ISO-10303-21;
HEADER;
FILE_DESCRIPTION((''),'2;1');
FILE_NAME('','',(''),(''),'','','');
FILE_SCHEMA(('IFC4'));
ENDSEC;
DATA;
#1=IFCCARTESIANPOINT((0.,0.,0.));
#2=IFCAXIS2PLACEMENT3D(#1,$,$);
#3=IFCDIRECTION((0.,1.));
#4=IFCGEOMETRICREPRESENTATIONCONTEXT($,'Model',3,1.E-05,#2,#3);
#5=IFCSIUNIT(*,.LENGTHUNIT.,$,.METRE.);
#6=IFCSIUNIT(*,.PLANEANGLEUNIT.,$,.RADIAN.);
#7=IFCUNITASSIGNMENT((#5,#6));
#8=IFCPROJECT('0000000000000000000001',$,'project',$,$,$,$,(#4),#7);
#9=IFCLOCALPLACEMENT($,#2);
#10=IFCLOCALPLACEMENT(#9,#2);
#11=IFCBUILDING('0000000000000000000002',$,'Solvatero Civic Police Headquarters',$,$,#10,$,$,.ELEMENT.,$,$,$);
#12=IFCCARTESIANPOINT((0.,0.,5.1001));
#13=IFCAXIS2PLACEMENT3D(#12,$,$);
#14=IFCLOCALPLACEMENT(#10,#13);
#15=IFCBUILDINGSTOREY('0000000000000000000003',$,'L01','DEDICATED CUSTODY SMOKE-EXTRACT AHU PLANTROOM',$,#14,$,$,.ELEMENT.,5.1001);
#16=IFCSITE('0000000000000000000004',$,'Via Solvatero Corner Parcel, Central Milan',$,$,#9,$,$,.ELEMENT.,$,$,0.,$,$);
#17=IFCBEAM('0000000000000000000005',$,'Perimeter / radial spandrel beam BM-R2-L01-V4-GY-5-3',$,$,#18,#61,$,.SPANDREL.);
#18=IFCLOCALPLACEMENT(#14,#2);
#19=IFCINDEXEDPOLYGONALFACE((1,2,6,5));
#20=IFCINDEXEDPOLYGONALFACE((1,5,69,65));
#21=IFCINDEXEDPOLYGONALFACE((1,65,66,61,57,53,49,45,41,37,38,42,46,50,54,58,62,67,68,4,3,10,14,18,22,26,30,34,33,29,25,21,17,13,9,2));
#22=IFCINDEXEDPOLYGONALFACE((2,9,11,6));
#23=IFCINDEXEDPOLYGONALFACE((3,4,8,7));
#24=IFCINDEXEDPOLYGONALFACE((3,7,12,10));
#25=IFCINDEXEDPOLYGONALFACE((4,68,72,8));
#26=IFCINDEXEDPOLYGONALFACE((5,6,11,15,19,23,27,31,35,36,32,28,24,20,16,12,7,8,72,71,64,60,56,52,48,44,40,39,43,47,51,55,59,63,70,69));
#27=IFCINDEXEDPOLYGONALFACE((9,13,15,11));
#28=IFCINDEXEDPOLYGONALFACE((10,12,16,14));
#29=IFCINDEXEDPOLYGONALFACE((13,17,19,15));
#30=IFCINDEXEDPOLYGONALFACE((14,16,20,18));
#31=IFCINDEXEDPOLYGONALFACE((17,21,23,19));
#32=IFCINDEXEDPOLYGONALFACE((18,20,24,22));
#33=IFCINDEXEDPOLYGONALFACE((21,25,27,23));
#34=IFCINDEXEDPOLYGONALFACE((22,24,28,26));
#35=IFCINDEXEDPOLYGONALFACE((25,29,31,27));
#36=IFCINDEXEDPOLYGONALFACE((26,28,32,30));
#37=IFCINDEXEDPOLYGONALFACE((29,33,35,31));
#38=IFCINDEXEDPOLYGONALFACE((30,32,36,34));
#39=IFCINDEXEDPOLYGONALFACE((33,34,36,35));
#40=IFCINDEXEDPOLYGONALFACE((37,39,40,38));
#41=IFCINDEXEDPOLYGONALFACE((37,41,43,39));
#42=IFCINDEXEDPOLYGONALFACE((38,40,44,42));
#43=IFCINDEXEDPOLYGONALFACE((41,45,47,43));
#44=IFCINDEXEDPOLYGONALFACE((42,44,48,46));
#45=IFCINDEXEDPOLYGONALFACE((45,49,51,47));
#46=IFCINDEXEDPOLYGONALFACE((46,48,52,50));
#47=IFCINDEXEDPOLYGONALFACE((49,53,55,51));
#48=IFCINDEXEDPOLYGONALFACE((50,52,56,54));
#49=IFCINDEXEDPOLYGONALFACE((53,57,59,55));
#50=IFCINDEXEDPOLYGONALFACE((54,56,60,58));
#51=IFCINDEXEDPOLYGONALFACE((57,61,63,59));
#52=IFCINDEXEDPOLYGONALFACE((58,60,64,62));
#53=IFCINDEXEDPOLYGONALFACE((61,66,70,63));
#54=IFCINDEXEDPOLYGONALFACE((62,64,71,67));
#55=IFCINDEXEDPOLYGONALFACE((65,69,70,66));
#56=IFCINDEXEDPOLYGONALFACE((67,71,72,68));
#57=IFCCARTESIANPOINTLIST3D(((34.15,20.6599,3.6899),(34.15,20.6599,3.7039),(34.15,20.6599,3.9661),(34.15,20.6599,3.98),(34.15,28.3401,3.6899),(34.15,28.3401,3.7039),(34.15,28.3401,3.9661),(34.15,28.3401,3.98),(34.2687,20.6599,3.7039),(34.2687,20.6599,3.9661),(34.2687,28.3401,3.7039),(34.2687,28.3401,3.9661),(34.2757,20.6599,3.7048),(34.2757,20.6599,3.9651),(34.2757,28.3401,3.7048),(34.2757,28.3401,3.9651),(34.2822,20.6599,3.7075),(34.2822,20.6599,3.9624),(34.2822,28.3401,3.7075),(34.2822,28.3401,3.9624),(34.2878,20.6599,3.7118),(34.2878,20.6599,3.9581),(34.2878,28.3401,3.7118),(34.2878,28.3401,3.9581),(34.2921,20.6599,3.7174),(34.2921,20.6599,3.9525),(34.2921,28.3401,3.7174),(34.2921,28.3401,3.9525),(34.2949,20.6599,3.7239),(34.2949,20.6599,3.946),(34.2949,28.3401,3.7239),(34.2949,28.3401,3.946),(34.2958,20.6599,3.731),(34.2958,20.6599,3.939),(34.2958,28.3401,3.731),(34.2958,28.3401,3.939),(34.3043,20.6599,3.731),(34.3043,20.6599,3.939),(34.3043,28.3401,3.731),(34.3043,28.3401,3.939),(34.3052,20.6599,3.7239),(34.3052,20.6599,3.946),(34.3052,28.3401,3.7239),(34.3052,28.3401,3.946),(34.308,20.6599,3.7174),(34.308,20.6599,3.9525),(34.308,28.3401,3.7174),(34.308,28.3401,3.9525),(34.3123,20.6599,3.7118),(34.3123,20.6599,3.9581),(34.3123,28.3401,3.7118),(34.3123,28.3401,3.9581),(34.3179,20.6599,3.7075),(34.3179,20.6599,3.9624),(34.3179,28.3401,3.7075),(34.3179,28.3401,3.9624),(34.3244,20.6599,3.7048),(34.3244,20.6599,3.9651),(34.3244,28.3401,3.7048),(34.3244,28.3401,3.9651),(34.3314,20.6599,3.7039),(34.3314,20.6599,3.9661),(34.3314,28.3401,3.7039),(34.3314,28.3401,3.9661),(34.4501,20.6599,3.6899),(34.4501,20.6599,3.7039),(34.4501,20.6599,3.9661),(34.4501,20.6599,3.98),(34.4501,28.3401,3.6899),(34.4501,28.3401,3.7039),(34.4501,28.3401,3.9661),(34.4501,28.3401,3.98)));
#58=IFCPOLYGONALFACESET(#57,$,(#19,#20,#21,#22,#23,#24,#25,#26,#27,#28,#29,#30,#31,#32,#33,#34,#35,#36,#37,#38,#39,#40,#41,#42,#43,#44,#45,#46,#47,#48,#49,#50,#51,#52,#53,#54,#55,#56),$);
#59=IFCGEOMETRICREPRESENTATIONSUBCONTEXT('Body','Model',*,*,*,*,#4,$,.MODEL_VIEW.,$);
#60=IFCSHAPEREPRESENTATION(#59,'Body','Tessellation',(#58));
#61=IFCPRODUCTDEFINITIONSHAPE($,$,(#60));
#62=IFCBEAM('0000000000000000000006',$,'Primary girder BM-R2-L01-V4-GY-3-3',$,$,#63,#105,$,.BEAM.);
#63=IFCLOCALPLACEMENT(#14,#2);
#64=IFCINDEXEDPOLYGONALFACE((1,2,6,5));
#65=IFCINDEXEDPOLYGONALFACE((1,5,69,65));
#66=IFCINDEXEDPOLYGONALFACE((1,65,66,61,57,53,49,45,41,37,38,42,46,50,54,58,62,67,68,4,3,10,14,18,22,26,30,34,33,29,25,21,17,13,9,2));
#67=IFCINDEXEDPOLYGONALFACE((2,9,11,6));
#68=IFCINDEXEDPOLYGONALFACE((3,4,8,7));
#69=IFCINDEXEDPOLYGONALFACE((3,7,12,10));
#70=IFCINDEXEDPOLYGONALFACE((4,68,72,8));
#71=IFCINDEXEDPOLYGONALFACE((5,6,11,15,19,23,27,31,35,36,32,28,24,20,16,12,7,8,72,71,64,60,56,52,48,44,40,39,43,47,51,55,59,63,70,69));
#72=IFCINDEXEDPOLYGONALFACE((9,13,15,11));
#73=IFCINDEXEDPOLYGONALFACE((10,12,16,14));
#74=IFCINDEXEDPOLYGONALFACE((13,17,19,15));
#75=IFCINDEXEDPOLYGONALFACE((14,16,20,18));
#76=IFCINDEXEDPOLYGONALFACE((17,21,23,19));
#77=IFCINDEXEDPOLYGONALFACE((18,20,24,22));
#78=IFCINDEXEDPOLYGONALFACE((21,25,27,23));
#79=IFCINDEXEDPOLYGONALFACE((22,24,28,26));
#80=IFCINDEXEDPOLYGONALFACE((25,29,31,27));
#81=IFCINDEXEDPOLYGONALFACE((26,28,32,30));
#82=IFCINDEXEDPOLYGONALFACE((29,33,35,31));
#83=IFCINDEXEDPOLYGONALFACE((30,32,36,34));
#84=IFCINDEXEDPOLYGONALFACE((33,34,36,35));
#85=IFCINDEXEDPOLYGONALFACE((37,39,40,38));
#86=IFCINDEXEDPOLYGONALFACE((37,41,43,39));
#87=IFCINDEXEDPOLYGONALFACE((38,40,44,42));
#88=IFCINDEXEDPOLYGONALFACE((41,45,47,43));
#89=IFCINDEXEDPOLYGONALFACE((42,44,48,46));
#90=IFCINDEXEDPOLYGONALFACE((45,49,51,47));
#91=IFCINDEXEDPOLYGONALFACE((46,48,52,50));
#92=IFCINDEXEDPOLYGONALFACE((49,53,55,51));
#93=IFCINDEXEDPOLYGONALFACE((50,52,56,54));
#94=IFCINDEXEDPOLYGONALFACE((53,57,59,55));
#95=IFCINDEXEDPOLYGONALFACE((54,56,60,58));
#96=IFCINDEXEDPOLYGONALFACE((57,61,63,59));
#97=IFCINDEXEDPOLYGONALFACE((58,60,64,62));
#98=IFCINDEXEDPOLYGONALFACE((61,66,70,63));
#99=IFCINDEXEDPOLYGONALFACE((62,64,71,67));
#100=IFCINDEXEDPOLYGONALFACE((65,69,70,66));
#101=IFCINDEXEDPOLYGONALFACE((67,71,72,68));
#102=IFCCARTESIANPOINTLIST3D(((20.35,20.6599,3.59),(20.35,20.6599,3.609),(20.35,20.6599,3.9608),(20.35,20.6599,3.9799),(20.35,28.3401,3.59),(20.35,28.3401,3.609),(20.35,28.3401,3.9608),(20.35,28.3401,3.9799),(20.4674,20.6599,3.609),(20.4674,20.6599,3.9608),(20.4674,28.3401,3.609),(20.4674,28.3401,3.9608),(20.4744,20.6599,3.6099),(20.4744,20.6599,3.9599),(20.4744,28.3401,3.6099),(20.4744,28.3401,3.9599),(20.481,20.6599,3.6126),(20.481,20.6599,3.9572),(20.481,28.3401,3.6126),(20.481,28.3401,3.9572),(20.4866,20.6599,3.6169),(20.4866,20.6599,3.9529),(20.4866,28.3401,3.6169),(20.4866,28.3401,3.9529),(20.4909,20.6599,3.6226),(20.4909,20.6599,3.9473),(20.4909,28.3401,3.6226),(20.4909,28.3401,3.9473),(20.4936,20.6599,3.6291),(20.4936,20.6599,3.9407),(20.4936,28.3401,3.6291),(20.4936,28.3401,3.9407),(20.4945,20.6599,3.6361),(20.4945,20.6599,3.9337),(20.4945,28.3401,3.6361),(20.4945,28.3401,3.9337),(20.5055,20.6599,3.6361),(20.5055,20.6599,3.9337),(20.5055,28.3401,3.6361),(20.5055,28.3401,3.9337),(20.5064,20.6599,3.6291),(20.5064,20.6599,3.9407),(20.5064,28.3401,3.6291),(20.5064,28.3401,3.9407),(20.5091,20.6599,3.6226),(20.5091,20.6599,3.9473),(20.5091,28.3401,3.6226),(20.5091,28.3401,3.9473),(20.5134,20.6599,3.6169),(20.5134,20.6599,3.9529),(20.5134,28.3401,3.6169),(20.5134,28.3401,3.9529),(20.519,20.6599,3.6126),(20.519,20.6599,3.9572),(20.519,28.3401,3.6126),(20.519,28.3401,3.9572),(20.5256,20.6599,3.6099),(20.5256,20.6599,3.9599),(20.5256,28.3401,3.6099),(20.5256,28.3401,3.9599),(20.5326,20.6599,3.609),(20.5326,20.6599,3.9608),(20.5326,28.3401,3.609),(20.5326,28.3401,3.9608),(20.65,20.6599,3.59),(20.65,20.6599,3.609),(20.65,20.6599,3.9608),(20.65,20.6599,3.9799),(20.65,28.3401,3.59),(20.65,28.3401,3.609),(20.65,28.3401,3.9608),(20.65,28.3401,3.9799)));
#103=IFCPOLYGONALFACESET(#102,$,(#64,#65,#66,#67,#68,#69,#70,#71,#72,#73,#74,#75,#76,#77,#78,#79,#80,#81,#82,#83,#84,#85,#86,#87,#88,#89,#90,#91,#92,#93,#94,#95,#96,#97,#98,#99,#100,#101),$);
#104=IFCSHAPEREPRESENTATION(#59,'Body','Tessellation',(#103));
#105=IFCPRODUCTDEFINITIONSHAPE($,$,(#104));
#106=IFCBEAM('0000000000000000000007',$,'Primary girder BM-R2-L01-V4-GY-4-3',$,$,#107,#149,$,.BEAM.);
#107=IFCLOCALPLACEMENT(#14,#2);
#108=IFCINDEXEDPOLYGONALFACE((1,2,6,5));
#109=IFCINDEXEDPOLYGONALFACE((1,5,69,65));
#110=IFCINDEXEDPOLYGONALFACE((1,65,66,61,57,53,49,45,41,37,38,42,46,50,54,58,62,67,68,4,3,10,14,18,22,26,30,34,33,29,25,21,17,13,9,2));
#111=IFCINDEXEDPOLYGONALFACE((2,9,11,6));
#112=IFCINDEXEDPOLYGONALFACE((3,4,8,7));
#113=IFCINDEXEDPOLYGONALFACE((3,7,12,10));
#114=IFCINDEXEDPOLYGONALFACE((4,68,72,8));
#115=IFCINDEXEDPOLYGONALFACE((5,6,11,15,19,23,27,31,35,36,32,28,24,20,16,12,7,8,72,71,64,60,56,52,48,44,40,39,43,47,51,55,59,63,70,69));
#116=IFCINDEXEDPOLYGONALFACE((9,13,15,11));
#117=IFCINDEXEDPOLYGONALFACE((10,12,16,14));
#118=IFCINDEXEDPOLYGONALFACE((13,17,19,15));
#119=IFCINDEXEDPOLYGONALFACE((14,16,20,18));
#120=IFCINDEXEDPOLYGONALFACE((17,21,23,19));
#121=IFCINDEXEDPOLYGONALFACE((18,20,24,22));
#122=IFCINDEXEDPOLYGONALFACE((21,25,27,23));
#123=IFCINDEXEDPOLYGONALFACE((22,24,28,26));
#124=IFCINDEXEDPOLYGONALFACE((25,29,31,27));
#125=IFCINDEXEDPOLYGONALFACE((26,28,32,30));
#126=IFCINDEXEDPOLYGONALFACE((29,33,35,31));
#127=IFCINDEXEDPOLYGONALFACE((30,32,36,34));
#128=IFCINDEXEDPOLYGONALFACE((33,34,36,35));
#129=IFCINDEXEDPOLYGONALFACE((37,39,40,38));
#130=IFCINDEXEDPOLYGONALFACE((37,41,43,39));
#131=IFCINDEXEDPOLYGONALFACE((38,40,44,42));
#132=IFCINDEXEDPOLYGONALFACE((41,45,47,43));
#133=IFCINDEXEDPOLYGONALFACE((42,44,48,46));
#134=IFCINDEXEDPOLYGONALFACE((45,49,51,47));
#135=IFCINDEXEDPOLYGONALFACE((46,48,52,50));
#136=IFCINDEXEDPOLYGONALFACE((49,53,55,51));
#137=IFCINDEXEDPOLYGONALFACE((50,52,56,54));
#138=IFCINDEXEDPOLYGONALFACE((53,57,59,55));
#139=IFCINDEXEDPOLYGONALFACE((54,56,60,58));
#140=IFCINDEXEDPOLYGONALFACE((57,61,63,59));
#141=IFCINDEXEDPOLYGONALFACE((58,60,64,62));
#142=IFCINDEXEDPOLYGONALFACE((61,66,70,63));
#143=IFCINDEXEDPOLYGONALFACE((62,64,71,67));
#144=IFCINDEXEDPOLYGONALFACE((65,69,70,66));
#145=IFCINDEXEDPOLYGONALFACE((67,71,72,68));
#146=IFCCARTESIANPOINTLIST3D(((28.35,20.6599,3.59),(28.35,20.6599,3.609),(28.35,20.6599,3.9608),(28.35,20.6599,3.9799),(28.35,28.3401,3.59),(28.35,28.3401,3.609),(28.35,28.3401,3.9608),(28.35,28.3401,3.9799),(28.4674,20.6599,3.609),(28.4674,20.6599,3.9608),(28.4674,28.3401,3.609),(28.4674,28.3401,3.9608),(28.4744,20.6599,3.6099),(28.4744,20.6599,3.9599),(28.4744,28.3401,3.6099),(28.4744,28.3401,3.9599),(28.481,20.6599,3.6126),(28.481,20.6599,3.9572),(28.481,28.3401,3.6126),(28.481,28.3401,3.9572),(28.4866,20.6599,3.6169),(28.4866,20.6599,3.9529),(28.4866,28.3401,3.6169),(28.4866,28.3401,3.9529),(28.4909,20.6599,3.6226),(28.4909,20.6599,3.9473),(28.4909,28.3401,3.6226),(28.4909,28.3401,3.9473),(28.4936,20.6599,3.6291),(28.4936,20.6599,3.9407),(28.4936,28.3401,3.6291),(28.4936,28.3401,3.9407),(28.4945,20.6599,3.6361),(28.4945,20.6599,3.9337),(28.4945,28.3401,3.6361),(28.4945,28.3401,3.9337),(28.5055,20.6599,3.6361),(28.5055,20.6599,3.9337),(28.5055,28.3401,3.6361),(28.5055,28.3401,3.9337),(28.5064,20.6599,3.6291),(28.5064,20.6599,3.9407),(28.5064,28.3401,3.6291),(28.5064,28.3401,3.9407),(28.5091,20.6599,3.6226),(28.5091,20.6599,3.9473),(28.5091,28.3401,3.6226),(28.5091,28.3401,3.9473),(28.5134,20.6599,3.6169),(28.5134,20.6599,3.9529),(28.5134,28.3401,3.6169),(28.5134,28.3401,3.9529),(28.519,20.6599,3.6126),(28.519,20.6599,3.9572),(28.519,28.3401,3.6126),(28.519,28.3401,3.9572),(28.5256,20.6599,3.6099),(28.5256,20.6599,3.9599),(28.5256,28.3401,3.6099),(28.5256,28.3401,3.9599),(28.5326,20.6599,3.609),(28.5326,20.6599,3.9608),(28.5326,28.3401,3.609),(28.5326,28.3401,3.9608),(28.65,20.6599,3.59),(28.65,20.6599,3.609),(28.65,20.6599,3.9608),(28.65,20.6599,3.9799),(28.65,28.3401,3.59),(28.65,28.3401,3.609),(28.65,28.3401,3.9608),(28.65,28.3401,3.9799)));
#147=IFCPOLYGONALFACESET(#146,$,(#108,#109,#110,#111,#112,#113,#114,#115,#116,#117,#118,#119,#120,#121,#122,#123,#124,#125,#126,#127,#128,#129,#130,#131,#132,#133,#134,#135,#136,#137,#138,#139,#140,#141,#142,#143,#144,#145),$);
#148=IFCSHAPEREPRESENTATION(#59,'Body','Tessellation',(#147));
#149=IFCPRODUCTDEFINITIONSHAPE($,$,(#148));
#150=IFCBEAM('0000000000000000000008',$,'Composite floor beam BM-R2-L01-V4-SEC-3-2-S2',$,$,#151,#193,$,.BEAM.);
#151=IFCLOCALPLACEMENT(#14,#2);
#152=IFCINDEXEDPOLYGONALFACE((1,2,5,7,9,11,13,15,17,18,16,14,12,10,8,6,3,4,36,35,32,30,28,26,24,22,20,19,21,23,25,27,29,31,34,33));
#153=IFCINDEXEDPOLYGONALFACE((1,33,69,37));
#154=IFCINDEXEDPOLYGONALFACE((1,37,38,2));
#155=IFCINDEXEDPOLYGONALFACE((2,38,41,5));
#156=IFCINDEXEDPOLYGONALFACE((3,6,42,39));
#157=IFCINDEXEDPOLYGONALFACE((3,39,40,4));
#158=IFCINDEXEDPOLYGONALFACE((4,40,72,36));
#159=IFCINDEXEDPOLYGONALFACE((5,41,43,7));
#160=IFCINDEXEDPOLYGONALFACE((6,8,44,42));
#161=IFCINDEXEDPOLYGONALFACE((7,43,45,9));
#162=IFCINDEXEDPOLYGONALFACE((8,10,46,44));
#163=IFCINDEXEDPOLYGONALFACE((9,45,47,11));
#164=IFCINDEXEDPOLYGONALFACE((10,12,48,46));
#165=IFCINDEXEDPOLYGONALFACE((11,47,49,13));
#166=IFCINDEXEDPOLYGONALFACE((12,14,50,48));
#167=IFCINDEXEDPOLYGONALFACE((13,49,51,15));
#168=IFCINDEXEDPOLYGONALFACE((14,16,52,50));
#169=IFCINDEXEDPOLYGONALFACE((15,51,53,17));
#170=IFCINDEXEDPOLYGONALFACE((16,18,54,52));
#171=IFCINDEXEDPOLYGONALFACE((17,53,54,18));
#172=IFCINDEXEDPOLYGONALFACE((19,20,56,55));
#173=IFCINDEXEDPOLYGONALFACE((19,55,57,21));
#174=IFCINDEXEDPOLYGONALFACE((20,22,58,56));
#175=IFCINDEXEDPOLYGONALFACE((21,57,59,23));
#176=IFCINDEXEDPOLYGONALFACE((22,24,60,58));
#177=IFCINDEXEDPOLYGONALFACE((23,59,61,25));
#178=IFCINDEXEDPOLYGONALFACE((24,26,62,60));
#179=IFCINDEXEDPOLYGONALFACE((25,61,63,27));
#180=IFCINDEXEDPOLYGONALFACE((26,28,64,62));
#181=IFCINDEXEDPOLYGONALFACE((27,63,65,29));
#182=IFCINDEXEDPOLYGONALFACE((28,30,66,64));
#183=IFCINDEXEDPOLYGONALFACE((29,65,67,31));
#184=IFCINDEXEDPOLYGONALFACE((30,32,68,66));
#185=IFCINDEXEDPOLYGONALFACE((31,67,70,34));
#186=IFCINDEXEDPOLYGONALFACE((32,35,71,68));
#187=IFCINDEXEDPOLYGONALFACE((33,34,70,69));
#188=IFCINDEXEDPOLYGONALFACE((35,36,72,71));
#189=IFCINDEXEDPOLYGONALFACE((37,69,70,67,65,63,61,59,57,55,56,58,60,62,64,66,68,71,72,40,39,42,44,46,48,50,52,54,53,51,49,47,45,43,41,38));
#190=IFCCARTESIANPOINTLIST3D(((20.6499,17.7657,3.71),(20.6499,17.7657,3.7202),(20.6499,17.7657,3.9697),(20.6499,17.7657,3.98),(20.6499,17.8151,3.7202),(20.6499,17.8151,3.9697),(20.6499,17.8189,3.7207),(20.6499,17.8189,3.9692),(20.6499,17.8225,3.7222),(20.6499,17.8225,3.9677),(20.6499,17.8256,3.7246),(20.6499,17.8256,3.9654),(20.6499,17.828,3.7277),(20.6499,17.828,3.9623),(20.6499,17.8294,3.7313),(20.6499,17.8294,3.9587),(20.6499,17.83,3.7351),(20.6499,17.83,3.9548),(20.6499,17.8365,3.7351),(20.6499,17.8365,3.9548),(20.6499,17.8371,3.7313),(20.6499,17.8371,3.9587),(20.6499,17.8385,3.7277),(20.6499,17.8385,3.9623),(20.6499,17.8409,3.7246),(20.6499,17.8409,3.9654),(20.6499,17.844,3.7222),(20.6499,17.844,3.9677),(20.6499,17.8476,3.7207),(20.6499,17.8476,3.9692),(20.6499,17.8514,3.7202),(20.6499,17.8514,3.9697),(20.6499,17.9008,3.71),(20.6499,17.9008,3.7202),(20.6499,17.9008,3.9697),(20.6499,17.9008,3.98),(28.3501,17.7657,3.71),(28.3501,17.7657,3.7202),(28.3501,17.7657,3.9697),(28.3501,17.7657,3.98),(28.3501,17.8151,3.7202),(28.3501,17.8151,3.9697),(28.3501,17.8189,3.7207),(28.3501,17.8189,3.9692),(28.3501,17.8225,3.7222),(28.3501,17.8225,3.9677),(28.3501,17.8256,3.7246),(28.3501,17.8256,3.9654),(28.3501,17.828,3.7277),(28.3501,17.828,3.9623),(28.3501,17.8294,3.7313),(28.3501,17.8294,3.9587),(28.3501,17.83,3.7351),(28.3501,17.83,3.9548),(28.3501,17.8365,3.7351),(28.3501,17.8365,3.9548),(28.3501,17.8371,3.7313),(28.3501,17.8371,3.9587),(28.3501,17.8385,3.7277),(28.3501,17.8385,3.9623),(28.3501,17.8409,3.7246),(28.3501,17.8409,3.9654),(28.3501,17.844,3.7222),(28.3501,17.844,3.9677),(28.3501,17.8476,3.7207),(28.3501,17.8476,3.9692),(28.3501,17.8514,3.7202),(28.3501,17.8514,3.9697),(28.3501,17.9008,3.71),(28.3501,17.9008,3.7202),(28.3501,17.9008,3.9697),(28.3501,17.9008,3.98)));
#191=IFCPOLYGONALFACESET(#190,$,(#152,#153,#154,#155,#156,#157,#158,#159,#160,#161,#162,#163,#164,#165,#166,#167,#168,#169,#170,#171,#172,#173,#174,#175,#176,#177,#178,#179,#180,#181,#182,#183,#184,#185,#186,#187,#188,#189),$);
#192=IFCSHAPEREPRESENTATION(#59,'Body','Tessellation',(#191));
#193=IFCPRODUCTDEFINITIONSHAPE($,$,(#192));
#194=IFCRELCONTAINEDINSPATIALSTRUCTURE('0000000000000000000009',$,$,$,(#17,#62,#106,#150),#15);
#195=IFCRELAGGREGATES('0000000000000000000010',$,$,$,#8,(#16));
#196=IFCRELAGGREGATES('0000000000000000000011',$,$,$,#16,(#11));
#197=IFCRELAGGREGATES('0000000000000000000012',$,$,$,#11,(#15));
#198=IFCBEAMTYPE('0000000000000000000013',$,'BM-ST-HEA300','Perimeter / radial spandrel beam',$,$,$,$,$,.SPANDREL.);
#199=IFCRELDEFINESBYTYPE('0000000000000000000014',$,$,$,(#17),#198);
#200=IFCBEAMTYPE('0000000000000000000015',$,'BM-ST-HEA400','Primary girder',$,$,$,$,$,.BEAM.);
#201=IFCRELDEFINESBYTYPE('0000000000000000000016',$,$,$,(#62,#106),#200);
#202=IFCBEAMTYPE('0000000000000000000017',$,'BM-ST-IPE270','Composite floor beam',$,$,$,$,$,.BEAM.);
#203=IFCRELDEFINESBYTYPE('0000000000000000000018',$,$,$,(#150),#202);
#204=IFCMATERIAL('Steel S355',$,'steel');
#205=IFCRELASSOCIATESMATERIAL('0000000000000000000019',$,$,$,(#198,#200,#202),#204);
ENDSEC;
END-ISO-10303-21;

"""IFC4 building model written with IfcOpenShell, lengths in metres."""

from ifc_helpers import new_model, si_unit, direction, frame, origin, origin_2d, place, context, subcontext, project, spatial, i_section, extrude, material, material_profile, profile_set, type_object, element, save


model = new_model("IFC4")

# Units and contexts
model_context = context("Model", 3, precision=1e-05, world=origin(), true_north=direction((0.0, 1.0)))
body_context = subcontext(model_context, "Body", "Model", "MODEL_VIEW")
ifc_project = project(units=[si_unit("LENGTHUNIT", "METRE"), si_unit("PLANEANGLEUNIT", "RADIAN")], contexts=[model_context])

# Site, building, storey
site_placement = place(None, origin())
site = spatial("IfcSite", under=ifc_project, at=site_placement, Name="Via Solvatero Corner Parcel, Central Milan", CompositionType="ELEMENT", RefElevation=0.0)
building_placement = place(site_placement, origin())
building = spatial("IfcBuilding", under=site, at=building_placement, Name="Solvatero Civic Police Headquarters", CompositionType="ELEMENT")
storey_placement = place(building_placement, frame((0.0, 0.0, 5.1001)))
storey = spatial("IfcBuildingStorey", under=building, at=storey_placement, Name="L01", Description="DEDICATED CUSTODY SMOKE-EXTRACT AHU PLANTROOM", CompositionType="ELEMENT", Elevation=5.1001)

# Shared definitions
ifc_material_1 = material(Name="Steel S355", Category="steel")

# Beams
ifc_material_profile_1 = material_profile(ifc_material_1, i_section(OverallWidth=0.3, OverallDepth=0.29, WebThickness=0.0085, FlangeThickness=0.0139, FilletRadius=0.0271, at=origin_2d()), Name="HEA 300")
ifc_profile_set_1 = profile_set([ifc_material_profile_1], Name="Steel S355")
beam_type_1 = type_object("IfcBeamType", Name="BM-ST-HEA300", Description="Perimeter / radial spandrel beam", PredefinedType="SPANDREL", material=ifc_profile_set_1)
beam_1_placement = place(storey_placement, frame((34.3, 20.6599, 3.835), z_axis=(0.0, 1.0, 0.0), x_axis=(-1.0, 0.0, 0.0)))
element("IfcBeam", 1, at=beam_1_placement, inside=storey, type_object=beam_type_1, Name="Perimeter / radial spandrel beam BM-R2-L01-V4-GY-5-3", PredefinedType="SPANDREL", context=body_context, shape_type="SweptSolid", body=[
    extrude(i_section(OverallWidth=0.3, OverallDepth=0.29, WebThickness=0.0085, FlangeThickness=0.0139, FilletRadius=0.0271, at=origin_2d()), origin(), (0.0, 0.0, 1.0), 7.6802),
])
ifc_material_profile_2 = material_profile(ifc_material_1, i_section(OverallWidth=0.3, OverallDepth=0.3899, WebThickness=0.011, FlangeThickness=0.019, FilletRadius=0.0271, at=origin_2d()), Name="HEA 400")
ifc_profile_set_2 = profile_set([ifc_material_profile_2], Name="Steel S355")
beam_type_2 = type_object("IfcBeamType", Name="BM-ST-HEA400", Description="Primary girder", PredefinedType="BEAM", material=ifc_profile_set_2)
for number, where, z_axis, x_axis, name in (
    (2, (20.5, 20.6599, 3.7849), (0.0, 1.0, 0.0), (-1.0, 0.0, 0.0), "Primary girder BM-R2-L01-V4-GY-3-3"),
    (3, (28.5, 20.6599, 3.7849), (0.0, 1.0, 0.0), (-1.0, 0.0, 0.0), "Primary girder BM-R2-L01-V4-GY-4-3"),
):
    element("IfcBeam", number, at=place(storey_placement, frame(where, z_axis=z_axis, x_axis=x_axis)), inside=storey, type_object=beam_type_2, Name=name, PredefinedType="BEAM", context=body_context, shape_type="SweptSolid", body=[
        extrude(i_section(OverallWidth=0.3, OverallDepth=0.3899, WebThickness=0.011, FlangeThickness=0.019, FilletRadius=0.0271, at=origin_2d()), origin(), (0.0, 0.0, 1.0), 7.6802),
    ])
ifc_material_profile_3 = material_profile(ifc_material_1, i_section(OverallWidth=0.135, OverallDepth=0.27, WebThickness=0.0066, FlangeThickness=0.0103, FilletRadius=0.0149, at=origin_2d()), Name="IPE 270")
ifc_profile_set_3 = profile_set([ifc_material_profile_3], Name="Steel S355")
beam_type_3 = type_object("IfcBeamType", Name="BM-ST-IPE270", Description="Composite floor beam", PredefinedType="BEAM", material=ifc_profile_set_3)
beam_2_placement = place(storey_placement, frame((20.6499, 17.8333, 3.845), z_axis=(1.0, 0.0, 0.0), x_axis=(0.0, 1.0, 0.0)))
element("IfcBeam", 4, at=beam_2_placement, inside=storey, type_object=beam_type_3, Name="Composite floor beam BM-R2-L01-V4-SEC-3-2-S2", PredefinedType="BEAM", context=body_context, shape_type="SweptSolid", body=[
    extrude(i_section(OverallWidth=0.135, OverallDepth=0.27, WebThickness=0.0066, FlangeThickness=0.0103, FilletRadius=0.0149, at=origin_2d()), origin(), (0.0, 0.0, 1.0), 7.7002),
])

save(model, "model.ifc")
